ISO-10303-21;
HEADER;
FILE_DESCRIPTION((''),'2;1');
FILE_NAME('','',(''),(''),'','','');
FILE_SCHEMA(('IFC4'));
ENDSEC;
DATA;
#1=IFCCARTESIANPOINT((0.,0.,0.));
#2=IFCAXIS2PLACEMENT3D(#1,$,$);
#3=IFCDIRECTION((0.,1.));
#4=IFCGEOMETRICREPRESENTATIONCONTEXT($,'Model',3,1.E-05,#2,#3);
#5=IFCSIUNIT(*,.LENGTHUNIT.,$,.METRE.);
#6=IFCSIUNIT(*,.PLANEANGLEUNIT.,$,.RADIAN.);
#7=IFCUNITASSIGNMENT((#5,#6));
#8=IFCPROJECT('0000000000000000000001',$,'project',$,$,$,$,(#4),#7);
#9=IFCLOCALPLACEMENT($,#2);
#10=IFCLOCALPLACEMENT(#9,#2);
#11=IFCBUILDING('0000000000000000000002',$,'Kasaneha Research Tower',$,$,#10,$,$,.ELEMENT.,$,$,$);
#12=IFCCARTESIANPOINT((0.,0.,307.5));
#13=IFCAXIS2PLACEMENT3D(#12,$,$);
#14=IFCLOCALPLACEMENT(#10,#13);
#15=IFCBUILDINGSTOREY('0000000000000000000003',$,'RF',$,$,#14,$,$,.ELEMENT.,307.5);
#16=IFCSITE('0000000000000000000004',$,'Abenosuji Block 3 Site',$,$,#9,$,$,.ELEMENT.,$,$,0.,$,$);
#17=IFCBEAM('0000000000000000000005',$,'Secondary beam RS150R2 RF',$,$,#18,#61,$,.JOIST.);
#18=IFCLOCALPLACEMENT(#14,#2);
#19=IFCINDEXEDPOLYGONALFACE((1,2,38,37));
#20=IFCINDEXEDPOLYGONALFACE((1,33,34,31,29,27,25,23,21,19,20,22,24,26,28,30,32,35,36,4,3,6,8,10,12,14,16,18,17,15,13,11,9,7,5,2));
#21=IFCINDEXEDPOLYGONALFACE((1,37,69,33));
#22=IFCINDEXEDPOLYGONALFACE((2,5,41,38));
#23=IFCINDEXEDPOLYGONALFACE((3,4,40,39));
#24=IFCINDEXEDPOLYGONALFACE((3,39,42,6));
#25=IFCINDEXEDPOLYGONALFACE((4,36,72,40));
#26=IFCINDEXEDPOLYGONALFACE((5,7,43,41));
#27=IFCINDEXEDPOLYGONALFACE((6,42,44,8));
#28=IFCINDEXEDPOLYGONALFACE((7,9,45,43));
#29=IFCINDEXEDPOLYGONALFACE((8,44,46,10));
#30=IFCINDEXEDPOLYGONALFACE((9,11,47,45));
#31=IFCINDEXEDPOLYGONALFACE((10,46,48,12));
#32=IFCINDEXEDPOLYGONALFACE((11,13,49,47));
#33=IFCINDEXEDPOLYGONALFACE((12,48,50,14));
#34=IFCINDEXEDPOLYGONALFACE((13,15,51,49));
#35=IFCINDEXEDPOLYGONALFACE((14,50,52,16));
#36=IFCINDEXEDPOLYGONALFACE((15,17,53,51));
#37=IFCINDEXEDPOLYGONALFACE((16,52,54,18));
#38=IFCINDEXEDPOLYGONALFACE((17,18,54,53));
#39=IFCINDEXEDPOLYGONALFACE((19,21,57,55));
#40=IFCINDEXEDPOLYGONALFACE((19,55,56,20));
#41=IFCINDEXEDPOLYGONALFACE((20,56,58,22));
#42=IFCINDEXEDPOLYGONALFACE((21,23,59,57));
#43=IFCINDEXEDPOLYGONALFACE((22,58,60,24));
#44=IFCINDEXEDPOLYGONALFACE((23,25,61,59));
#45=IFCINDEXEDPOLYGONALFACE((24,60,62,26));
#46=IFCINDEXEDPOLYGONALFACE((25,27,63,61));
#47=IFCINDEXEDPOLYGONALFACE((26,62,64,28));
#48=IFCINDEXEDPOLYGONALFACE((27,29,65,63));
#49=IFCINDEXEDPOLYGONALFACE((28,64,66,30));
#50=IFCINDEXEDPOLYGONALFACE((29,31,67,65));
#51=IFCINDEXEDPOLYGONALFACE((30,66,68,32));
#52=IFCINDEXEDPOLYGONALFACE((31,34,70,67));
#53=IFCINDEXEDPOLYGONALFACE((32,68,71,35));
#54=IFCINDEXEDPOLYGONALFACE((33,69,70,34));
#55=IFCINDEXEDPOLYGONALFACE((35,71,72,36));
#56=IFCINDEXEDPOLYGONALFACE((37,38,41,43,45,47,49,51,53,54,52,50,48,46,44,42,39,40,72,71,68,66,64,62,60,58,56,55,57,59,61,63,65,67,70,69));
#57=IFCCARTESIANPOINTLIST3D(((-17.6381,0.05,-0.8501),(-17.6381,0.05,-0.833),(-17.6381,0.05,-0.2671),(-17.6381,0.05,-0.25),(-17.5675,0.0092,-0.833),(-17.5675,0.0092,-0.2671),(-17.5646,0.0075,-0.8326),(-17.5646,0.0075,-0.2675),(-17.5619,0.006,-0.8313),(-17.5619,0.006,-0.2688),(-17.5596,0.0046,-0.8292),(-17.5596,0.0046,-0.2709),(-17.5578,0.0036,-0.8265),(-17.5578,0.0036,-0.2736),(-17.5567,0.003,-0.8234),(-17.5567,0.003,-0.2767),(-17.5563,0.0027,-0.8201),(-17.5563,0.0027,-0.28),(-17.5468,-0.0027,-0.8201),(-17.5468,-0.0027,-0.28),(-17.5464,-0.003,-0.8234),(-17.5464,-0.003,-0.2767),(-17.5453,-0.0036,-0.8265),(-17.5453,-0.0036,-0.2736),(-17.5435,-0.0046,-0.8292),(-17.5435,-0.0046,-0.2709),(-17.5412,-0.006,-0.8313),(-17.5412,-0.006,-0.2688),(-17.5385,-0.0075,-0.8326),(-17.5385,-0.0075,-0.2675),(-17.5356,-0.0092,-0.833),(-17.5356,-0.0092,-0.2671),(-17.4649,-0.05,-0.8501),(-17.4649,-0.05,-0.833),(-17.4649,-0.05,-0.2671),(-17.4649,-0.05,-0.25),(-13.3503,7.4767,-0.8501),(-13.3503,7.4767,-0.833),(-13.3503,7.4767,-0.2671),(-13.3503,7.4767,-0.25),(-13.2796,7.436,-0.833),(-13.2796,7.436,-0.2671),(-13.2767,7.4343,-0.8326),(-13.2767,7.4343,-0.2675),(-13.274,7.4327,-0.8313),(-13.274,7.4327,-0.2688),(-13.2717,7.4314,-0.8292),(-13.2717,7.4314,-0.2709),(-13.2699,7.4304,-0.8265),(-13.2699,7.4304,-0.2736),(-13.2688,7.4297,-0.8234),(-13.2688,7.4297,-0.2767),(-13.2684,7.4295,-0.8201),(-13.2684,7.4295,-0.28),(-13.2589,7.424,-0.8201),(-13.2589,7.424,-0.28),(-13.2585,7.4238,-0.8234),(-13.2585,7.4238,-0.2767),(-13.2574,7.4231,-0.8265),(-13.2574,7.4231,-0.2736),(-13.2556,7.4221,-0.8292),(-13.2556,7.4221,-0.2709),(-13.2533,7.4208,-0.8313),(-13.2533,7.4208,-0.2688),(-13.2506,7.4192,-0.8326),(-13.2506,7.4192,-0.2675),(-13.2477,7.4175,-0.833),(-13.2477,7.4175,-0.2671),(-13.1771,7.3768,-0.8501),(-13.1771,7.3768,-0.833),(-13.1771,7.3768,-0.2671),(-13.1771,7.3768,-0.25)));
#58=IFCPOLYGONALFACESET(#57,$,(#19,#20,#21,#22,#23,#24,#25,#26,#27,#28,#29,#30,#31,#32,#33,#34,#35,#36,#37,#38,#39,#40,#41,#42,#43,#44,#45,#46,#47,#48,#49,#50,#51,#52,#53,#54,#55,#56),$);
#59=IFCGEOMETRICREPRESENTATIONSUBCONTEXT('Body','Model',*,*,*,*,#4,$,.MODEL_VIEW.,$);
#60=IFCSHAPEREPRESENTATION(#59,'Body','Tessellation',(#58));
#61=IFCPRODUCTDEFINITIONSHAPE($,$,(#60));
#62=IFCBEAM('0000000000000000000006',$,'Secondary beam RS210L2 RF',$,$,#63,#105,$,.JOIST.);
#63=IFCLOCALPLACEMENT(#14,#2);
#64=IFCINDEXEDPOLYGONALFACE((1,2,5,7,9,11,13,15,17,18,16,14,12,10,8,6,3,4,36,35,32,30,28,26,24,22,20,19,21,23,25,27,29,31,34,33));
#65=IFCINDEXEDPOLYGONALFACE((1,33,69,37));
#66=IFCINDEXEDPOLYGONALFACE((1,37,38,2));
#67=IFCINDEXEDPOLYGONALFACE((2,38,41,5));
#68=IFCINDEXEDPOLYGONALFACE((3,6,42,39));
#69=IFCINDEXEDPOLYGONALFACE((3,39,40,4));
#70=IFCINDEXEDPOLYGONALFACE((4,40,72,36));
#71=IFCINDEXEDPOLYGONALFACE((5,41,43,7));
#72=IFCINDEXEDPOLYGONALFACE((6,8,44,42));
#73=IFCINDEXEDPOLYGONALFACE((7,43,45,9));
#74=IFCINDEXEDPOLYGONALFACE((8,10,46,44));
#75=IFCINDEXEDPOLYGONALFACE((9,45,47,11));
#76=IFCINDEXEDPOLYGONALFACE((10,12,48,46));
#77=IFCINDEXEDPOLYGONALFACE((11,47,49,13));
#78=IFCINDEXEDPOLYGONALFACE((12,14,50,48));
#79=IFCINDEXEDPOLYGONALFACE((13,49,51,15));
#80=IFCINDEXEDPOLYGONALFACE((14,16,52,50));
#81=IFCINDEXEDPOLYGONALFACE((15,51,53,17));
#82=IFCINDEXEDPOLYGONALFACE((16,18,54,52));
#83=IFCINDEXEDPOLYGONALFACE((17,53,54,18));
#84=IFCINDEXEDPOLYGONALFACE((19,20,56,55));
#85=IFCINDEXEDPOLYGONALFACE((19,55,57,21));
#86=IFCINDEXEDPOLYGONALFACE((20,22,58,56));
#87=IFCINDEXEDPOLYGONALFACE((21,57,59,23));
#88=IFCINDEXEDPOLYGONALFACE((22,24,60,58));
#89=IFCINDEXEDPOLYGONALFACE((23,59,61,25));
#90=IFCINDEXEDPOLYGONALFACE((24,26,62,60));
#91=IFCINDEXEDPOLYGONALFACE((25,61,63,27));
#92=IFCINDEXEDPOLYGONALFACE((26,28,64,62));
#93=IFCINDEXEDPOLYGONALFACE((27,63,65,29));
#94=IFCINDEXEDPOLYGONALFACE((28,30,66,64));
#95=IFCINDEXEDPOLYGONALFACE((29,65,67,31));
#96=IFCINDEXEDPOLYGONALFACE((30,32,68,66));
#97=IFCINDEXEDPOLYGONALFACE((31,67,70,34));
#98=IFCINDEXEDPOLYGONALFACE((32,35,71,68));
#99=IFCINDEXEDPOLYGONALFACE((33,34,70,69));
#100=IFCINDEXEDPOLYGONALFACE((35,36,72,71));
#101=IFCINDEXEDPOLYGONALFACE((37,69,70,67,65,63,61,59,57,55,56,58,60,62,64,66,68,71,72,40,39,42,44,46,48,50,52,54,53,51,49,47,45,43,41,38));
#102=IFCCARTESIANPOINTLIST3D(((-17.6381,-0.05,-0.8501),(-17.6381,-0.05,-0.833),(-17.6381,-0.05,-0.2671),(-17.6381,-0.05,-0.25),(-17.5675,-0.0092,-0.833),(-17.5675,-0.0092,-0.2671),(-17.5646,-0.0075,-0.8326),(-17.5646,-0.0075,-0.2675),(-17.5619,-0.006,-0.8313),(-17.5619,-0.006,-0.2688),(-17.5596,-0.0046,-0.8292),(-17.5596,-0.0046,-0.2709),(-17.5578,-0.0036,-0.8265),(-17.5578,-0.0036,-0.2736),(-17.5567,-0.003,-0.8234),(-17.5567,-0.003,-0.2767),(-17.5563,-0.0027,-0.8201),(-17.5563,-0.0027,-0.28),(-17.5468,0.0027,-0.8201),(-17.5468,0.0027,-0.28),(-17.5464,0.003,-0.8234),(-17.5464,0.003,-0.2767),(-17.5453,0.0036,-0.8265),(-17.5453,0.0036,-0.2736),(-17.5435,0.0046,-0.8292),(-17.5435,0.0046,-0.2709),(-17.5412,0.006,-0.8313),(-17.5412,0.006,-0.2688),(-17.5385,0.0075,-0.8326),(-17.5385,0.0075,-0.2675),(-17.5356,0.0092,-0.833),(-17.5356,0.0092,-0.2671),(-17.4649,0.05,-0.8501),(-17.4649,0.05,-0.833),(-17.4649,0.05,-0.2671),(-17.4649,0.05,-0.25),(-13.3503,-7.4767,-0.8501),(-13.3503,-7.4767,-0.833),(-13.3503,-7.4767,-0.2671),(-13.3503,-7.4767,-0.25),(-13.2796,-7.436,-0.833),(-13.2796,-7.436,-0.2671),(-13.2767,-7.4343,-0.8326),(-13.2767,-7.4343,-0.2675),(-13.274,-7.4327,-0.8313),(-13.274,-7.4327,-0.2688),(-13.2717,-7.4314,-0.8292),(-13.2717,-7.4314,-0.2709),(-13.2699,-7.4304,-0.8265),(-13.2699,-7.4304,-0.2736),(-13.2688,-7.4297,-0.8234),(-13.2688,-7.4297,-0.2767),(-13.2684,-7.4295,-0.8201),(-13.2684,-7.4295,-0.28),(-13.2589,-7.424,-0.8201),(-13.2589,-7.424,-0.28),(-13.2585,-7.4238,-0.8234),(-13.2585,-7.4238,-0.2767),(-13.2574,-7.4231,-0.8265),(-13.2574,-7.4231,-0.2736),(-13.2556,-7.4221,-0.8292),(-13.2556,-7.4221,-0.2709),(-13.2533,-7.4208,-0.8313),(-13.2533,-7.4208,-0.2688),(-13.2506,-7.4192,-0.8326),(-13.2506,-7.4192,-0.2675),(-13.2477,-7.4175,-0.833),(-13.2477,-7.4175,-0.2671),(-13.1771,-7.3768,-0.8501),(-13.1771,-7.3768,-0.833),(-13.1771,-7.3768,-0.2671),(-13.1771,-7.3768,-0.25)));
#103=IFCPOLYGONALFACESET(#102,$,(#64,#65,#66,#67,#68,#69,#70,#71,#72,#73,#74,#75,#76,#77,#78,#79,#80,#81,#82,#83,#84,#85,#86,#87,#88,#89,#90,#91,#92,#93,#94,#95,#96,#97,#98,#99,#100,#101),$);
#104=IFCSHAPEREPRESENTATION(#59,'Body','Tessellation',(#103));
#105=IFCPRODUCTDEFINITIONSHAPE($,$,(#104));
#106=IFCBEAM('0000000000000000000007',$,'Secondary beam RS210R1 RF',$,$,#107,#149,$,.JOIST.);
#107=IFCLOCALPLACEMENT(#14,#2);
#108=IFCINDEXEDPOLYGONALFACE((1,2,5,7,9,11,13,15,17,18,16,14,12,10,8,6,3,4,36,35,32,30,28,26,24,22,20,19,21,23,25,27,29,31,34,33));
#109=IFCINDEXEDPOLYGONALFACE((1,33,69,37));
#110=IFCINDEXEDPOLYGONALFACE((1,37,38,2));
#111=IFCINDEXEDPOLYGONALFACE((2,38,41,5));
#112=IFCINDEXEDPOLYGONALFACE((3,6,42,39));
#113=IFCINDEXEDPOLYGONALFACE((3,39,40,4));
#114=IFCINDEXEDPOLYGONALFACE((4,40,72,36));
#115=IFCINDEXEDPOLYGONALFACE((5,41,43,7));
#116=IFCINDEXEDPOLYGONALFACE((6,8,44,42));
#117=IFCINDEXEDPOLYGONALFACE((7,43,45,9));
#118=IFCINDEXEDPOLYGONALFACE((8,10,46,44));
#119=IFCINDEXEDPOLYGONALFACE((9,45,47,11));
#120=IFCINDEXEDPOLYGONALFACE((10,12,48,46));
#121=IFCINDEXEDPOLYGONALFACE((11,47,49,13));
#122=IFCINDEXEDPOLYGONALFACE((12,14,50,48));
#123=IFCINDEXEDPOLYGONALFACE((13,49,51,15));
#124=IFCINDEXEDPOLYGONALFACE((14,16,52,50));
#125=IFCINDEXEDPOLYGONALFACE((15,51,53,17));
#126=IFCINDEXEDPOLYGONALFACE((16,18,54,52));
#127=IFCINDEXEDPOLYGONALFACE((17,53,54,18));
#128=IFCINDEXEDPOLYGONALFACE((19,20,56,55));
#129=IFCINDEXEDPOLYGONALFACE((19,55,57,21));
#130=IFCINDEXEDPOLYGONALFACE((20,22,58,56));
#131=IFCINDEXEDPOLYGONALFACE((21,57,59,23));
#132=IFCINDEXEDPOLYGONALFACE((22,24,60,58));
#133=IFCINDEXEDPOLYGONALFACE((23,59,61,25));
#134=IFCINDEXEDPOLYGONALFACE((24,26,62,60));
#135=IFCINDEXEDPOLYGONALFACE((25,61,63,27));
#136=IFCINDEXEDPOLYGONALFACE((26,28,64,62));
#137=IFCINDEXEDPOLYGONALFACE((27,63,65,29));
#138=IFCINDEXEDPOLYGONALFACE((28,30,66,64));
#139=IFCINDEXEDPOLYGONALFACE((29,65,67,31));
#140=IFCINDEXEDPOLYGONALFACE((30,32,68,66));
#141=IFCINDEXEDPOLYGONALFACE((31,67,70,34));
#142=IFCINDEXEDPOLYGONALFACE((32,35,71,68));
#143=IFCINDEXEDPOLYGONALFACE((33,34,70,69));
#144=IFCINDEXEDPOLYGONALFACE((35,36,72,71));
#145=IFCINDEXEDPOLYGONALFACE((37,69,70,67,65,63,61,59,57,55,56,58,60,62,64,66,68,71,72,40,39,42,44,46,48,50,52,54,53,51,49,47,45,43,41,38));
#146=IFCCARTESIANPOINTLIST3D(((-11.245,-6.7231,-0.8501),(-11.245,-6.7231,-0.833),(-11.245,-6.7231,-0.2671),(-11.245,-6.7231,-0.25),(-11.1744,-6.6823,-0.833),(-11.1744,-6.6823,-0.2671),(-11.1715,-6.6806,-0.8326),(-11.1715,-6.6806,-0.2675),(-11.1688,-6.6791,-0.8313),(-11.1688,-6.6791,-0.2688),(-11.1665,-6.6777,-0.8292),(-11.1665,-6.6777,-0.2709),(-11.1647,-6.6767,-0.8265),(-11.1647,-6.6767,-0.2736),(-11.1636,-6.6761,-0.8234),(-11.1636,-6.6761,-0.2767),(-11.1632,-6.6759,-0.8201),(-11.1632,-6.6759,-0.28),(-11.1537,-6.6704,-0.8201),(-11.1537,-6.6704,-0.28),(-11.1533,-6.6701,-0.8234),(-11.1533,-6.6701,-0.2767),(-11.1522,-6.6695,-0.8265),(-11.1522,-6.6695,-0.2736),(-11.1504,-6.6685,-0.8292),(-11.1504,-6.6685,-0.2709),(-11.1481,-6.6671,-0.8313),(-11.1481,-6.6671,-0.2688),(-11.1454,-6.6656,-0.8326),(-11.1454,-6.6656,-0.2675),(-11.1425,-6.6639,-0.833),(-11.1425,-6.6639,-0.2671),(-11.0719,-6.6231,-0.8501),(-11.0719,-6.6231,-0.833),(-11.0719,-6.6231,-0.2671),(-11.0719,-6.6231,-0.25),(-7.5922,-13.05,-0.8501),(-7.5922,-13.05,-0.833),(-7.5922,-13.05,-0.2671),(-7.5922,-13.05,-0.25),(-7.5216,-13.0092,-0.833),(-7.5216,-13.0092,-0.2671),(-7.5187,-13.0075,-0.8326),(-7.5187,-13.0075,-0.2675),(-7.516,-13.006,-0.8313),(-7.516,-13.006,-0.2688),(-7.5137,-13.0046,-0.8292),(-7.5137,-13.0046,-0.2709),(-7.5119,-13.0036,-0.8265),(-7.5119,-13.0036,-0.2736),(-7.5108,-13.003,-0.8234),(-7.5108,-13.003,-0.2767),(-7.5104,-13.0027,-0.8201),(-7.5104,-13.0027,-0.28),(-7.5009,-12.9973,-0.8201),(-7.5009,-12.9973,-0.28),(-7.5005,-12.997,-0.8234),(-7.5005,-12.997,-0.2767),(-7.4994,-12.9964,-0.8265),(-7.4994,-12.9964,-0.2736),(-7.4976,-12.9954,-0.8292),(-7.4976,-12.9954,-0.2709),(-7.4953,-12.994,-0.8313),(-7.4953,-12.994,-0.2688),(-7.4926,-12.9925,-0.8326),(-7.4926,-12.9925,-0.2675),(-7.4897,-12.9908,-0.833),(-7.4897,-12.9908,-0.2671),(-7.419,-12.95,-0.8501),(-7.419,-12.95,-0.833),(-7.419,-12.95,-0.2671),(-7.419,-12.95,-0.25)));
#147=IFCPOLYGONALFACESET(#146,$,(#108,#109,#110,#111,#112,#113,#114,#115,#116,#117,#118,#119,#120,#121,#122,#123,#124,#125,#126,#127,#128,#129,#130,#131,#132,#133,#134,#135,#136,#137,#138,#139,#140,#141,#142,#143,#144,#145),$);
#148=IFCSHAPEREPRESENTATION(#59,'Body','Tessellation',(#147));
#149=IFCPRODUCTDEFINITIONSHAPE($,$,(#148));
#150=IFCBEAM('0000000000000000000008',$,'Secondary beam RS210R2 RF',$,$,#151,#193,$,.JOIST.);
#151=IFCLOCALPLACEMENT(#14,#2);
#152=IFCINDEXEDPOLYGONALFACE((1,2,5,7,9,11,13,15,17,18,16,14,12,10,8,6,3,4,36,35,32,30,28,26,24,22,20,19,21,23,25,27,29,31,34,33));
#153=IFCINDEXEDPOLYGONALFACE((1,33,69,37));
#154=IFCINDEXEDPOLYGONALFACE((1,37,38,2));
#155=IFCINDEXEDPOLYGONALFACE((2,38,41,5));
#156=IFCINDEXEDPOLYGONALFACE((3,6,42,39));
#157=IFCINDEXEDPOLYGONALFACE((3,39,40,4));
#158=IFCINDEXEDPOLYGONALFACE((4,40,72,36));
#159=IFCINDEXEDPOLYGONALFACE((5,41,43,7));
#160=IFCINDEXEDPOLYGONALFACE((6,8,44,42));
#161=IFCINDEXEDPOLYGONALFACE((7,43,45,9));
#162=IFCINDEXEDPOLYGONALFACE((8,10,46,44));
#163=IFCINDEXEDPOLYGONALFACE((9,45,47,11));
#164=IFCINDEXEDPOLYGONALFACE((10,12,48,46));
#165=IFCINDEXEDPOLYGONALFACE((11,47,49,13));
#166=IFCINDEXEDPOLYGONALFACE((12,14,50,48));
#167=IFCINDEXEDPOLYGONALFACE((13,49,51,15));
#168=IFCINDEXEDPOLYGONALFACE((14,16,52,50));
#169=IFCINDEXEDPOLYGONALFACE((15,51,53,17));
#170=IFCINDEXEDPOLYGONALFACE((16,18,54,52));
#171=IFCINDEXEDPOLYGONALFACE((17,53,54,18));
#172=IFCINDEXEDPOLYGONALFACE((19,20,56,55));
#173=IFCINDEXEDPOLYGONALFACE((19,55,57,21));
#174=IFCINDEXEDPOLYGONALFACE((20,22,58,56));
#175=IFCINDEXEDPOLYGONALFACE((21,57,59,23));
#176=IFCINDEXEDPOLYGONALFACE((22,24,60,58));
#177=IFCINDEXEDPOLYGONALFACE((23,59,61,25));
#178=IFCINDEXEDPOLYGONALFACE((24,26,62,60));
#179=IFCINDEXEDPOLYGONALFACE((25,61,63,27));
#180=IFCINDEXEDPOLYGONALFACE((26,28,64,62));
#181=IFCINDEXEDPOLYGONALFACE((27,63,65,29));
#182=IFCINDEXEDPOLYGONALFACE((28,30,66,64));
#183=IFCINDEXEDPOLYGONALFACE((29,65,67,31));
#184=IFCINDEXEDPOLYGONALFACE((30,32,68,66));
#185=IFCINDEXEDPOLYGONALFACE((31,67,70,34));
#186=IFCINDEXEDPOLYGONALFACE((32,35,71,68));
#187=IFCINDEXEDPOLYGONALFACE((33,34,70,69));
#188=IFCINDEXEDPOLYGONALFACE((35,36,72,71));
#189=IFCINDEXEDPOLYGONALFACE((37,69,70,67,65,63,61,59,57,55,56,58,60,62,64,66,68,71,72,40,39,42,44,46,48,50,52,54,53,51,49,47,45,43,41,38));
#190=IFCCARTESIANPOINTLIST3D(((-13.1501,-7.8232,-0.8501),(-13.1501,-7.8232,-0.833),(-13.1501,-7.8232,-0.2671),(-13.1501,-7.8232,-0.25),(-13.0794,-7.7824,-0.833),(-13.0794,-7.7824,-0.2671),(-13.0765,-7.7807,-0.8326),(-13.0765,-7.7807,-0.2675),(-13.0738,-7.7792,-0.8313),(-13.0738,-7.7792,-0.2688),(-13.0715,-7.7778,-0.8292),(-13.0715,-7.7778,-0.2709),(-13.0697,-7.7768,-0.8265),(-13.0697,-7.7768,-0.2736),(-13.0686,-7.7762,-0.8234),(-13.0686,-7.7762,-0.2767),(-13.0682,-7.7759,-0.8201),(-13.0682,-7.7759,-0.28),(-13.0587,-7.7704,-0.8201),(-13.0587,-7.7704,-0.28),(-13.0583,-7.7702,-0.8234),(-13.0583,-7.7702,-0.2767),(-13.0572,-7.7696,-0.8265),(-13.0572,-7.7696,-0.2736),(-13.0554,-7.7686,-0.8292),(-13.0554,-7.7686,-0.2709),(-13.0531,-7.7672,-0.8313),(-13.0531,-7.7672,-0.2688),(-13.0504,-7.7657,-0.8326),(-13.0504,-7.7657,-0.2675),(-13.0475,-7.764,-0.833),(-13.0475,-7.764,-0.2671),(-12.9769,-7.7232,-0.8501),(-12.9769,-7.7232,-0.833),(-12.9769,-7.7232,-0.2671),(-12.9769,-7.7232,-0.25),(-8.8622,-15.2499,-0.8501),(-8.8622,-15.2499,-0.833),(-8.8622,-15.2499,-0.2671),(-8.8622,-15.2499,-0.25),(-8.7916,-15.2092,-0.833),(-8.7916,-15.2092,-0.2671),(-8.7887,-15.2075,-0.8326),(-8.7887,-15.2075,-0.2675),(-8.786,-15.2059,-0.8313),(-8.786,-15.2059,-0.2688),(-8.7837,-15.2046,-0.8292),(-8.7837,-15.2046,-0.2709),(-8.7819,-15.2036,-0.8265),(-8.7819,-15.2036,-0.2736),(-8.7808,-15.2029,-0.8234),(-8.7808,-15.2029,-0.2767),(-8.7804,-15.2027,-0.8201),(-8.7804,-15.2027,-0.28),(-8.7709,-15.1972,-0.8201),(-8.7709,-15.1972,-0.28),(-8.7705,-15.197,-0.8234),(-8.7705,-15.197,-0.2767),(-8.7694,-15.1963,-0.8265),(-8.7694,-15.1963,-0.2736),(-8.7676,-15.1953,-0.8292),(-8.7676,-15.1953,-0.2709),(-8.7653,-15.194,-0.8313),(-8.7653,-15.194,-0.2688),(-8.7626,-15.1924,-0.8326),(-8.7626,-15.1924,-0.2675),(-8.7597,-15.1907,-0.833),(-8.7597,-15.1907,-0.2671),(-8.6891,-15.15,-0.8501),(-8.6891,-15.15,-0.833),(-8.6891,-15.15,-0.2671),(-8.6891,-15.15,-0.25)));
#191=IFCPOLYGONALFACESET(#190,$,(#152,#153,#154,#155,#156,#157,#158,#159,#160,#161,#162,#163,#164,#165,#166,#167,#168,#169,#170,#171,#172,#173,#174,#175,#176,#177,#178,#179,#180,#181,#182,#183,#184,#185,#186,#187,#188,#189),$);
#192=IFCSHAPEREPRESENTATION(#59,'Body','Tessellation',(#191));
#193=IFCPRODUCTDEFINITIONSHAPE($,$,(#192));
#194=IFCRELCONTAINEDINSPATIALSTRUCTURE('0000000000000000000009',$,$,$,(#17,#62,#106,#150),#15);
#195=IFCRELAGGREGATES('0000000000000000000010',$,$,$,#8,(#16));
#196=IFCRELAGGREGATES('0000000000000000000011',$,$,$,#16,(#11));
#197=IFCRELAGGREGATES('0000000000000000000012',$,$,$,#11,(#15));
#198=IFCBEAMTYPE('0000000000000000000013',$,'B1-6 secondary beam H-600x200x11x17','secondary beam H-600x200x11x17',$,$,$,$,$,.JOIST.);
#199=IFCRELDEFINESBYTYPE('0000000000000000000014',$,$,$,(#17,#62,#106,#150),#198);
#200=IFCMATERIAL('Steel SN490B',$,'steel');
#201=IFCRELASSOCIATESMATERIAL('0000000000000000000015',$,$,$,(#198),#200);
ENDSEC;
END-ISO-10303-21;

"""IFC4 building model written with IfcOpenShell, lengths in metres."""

from ifc_helpers import new_model, si_unit, direction, frame, origin, origin_2d, place, context, subcontext, project, spatial, i_section, extrude, material, material_profile, profile_set, type_object, element, save


model = new_model("IFC4")

# Units and contexts
model_context = context("Model", 3, precision=1e-05, world=origin(), true_north=direction((0.0, 1.0)))
body_context = subcontext(model_context, "Body", "Model", "MODEL_VIEW")
ifc_project = project(units=[si_unit("LENGTHUNIT", "METRE"), si_unit("PLANEANGLEUNIT", "RADIAN")], contexts=[model_context])

# Site, building, storey
site_placement = place(None, origin())
site = spatial("IfcSite", under=ifc_project, at=site_placement, Name="Abenosuji Block 3 Site", CompositionType="ELEMENT", RefElevation=0.0)
building_placement = place(site_placement, origin())
building = spatial("IfcBuilding", under=site, at=building_placement, Name="Kasaneha Research Tower", CompositionType="ELEMENT")
storey_placement = place(building_placement, frame((0.0, 0.0, 307.5)))
storey = spatial("IfcBuildingStorey", under=building, at=storey_placement, Name="RF", CompositionType="ELEMENT", Elevation=307.5)

# Beams
ifc_material_1 = material(Name="Steel SN490B", Category="steel")
ifc_material_profile_1 = material_profile(ifc_material_1, i_section(OverallWidth=0.2, OverallDepth=0.6001, WebThickness=0.011, FlangeThickness=0.0171, FilletRadius=0.0129, at=origin_2d()), Name="H-600x200x11x17")
ifc_profile_set_1 = profile_set([ifc_material_profile_1], Name="Steel SN490B")
beam_type_1 = type_object("IfcBeamType", Name="B1-6 secondary beam H-600x200x11x17", Description="secondary beam H-600x200x11x17", PredefinedType="JOIST", material=ifc_profile_set_1)
for number, where, z_axis, x_axis, name in (
    (1, (-17.5515, 0.0, -0.55), (0.5, 0.866025, 0.0), (-0.866025, 0.5, 0.0), "Secondary beam RS150R2 RF"),
    (2, (-17.5515, 0.0, -0.55), (0.5, -0.866025, 0.0), (0.866025, 0.5, 0.0), "Secondary beam RS210L2 RF"),
):
    element("IfcBeam", number, at=place(storey_placement, frame(where, z_axis=z_axis, x_axis=x_axis)), inside=storey, type_object=beam_type_1, Name=name, PredefinedType="JOIST", context=body_context, shape_type="SweptSolid", body=[
        extrude(i_section(OverallWidth=0.2, OverallDepth=0.6001, WebThickness=0.011, FlangeThickness=0.0171, FilletRadius=0.0129, at=origin_2d()), origin(), (0.0, 0.0, 1.0), 8.5757),
    ])
beam_1_placement = place(storey_placement, frame((-7.5056, -13.0, -0.55), z_axis=(-0.499999, 0.866026, 0.0), x_axis=(-0.866026, -0.499999, 0.0)))
element("IfcBeam", 3, at=beam_1_placement, inside=storey, type_object=beam_type_1, Name="Secondary beam RS210R1 RF", PredefinedType="JOIST", context=body_context, shape_type="SweptSolid", body=[
    extrude(i_section(OverallWidth=0.2, OverallDepth=0.6001, WebThickness=0.011, FlangeThickness=0.0171, FilletRadius=0.0129, at=origin_2d()), origin(), (0.0, 0.0, 1.0), 7.3057),
])
beam_2_placement = place(storey_placement, frame((-8.7756, -15.2, -0.55), z_axis=(-0.5, 0.866025, 0.0), x_axis=(-0.866025, -0.5, 0.0)))
element("IfcBeam", 4, at=beam_2_placement, inside=storey, type_object=beam_type_1, Name="Secondary beam RS210R2 RF", PredefinedType="JOIST", context=body_context, shape_type="SweptSolid", body=[
    extrude(i_section(OverallWidth=0.2, OverallDepth=0.6001, WebThickness=0.011, FlangeThickness=0.0171, FilletRadius=0.0129, at=origin_2d()), origin(), (0.0, 0.0, 1.0), 8.5757),
])

save(model, "model.ifc")
